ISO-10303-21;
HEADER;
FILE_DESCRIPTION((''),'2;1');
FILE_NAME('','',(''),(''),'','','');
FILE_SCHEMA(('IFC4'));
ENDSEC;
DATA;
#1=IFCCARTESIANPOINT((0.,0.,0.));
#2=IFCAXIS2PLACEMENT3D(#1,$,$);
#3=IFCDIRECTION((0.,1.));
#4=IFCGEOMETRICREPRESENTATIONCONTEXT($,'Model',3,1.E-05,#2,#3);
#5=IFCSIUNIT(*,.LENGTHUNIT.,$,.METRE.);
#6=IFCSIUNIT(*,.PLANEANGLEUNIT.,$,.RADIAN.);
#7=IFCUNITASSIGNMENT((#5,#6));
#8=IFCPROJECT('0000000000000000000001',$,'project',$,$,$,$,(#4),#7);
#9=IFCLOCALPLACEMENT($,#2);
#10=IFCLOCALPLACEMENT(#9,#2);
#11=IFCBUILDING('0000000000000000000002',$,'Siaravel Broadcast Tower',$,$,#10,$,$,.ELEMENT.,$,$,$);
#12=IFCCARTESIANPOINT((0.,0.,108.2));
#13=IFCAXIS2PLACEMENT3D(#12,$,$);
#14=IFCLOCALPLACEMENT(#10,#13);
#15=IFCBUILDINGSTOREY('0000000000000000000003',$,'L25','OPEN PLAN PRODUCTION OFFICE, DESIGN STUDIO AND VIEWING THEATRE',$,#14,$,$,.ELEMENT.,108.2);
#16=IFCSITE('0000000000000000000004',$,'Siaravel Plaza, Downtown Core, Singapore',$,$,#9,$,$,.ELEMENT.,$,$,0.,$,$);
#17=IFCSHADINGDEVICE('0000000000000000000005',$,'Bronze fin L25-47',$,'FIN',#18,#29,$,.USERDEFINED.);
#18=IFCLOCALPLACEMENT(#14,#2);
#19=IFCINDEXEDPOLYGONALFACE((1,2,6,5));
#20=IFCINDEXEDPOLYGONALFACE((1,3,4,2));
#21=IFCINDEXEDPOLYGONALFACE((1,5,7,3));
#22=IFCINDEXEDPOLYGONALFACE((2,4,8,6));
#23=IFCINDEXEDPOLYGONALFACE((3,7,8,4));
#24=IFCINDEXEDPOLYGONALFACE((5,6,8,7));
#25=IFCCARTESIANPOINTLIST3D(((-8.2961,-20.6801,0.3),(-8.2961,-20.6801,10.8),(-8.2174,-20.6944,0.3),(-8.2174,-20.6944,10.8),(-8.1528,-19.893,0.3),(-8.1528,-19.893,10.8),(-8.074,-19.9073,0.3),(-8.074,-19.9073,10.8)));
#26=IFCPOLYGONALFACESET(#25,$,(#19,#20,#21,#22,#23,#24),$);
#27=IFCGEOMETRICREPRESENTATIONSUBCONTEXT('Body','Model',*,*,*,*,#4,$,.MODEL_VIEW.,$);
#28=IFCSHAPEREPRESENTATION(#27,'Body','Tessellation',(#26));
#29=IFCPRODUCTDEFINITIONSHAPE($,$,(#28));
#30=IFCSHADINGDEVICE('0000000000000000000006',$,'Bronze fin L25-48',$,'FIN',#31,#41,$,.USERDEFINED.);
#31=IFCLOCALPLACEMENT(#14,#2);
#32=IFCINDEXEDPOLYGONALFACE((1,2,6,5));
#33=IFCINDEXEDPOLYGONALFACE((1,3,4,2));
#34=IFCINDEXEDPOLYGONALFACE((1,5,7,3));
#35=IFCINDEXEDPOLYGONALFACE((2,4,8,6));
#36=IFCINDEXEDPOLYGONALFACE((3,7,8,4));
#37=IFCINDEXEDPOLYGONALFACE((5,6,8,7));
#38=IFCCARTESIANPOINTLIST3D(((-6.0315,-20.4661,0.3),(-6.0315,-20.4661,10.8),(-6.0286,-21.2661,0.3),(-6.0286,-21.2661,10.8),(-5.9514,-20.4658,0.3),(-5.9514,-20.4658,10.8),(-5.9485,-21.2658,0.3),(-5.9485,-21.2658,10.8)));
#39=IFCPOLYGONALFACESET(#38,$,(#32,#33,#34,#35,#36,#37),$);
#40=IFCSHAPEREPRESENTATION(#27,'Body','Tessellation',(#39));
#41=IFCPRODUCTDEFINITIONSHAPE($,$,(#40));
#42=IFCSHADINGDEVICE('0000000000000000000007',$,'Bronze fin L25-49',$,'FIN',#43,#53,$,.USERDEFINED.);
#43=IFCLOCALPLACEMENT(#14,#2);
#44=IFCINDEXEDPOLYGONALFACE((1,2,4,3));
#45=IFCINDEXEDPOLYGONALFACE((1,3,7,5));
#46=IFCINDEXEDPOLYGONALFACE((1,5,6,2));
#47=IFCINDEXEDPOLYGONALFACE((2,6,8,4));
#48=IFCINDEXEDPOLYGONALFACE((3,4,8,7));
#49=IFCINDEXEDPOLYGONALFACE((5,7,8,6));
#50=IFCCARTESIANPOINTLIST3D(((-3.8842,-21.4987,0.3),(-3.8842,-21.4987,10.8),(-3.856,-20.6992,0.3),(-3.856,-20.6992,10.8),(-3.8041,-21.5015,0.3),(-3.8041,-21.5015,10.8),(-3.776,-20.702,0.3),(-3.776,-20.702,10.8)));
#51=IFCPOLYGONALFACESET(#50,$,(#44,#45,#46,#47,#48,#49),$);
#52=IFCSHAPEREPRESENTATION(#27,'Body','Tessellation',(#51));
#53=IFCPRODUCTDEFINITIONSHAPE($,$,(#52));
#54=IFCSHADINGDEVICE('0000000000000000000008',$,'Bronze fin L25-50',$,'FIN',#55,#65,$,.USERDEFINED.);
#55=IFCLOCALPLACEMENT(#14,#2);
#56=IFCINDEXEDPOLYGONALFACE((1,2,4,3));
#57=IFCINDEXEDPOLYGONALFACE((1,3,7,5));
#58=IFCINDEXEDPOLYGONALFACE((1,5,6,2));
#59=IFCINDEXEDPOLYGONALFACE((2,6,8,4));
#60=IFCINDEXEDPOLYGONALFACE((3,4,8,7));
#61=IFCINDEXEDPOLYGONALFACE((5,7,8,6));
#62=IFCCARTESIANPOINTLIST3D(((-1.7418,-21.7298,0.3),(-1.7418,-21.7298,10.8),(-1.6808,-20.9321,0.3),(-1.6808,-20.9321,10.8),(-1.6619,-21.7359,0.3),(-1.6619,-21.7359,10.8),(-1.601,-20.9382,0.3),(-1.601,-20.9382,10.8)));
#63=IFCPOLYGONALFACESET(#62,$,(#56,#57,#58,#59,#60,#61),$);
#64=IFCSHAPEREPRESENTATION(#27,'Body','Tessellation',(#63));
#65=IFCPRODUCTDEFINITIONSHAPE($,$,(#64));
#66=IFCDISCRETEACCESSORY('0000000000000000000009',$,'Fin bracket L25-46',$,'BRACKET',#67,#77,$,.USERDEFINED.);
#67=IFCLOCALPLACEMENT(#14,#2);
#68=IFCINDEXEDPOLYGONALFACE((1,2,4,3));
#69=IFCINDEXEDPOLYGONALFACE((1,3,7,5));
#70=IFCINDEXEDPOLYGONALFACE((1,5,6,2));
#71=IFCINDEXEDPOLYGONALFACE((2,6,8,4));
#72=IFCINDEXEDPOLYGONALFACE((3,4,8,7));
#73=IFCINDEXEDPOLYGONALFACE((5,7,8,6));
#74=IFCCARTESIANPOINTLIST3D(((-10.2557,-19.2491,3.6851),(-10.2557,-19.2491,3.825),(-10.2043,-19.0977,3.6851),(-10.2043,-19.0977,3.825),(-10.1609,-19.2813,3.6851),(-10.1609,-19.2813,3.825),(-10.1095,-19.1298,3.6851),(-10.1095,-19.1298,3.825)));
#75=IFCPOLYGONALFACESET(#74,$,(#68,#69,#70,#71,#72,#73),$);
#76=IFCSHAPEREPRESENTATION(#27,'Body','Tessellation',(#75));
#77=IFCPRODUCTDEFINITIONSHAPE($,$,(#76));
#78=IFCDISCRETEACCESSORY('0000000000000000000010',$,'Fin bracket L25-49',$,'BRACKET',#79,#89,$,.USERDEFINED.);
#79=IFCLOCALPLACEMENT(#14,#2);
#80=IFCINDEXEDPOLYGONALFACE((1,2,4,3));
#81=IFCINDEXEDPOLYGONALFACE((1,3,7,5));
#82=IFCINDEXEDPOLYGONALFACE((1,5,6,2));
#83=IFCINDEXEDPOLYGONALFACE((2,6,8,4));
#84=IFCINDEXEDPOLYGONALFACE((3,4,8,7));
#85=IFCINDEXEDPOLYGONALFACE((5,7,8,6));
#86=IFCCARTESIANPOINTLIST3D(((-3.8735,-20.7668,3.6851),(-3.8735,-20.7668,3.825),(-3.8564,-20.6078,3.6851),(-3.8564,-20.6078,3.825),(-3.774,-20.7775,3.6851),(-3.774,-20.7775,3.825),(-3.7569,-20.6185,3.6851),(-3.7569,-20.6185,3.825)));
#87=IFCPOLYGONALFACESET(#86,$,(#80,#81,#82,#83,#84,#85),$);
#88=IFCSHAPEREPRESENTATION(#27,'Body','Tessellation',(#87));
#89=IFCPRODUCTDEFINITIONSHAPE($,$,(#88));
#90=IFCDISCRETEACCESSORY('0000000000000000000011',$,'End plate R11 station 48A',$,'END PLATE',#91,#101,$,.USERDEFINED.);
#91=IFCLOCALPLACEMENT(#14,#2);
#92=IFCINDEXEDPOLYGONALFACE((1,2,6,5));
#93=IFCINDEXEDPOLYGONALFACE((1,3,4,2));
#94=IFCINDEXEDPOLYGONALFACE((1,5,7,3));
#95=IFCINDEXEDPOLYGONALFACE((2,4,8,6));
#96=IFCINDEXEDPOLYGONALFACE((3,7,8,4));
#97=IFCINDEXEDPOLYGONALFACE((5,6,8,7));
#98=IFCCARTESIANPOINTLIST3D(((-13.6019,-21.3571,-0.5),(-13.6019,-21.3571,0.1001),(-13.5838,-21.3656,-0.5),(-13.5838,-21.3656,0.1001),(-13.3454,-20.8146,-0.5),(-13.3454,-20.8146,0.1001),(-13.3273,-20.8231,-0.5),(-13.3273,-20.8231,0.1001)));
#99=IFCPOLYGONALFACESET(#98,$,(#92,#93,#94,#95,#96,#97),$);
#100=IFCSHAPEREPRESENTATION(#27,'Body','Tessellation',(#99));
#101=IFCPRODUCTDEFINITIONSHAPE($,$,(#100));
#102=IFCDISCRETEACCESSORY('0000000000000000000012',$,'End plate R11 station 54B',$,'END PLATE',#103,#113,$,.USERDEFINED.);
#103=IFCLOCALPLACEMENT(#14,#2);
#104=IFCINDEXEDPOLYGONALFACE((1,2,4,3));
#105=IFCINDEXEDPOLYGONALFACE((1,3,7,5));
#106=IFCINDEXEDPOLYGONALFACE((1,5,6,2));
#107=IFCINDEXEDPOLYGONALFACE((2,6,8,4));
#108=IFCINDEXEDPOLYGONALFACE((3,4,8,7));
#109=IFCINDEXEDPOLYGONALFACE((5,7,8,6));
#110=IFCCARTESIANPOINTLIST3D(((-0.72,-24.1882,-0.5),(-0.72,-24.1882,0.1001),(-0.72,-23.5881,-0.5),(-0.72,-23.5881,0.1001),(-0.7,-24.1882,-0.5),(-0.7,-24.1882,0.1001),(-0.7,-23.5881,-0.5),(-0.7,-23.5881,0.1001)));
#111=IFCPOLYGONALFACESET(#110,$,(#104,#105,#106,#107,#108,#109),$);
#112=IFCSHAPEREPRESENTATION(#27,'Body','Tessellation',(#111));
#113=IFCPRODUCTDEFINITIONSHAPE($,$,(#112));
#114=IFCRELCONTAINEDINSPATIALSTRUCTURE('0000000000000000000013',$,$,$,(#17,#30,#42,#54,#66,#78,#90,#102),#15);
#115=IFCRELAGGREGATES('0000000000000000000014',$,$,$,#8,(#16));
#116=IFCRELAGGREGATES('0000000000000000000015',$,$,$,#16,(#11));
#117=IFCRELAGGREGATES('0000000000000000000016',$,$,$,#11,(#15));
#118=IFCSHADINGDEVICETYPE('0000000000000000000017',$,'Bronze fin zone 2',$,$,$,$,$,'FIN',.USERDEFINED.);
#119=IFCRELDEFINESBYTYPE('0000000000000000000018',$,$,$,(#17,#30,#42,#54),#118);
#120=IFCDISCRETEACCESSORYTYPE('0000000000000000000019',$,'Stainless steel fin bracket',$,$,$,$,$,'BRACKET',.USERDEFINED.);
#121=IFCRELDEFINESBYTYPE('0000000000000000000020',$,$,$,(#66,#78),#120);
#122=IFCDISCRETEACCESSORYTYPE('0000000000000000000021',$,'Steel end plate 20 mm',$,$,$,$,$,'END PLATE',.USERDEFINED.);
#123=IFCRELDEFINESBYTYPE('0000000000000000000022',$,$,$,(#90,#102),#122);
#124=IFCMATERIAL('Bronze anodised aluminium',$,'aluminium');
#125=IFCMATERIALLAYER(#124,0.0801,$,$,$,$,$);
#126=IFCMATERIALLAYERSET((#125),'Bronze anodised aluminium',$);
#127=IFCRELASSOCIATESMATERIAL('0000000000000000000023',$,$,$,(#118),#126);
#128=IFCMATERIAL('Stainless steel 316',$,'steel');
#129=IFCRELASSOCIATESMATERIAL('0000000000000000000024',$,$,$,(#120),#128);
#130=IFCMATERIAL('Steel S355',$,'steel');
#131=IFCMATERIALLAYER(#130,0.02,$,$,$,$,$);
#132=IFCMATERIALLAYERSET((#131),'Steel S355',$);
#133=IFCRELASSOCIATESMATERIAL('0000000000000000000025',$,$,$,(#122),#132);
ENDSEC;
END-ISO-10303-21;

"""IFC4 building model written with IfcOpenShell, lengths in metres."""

from ifc_helpers import new_model, si_unit, direction, frame, origin, origin_2d, place, context, subcontext, project, spatial, rectangle, extrude, material, layer, layer_set, type_object, element, save


model = new_model("IFC4")

# Units and contexts
model_context = context("Model", 3, precision=1e-05, world=origin(), true_north=direction((0.0, 1.0)))
body_context = subcontext(model_context, "Body", "Model", "MODEL_VIEW")
ifc_project = project(units=[si_unit("LENGTHUNIT", "METRE"), si_unit("PLANEANGLEUNIT", "RADIAN")], contexts=[model_context])

# Site, building, storey
site_placement = place(None, origin())
site = spatial("IfcSite", under=ifc_project, at=site_placement, Name="Siaravel Plaza, Downtown Core, Singapore", CompositionType="ELEMENT", RefElevation=0.0)
building_placement = place(site_placement, origin())
building = spatial("IfcBuilding", under=site, at=building_placement, Name="Siaravel Broadcast Tower", CompositionType="ELEMENT")
storey_placement = place(building_placement, frame((0.0, 0.0, 108.2)))
storey = spatial("IfcBuildingStorey", under=building, at=storey_placement, Name="L25", Description="OPEN PLAN PRODUCTION OFFICE, DESIGN STUDIO AND VIEWING THEATRE", CompositionType="ELEMENT", Elevation=108.2)

# Shared definitions
ifc_material_1 = material(Name="Steel S355", Category="steel")

# Shading devices
ifc_material_2 = material(Name="Bronze anodised aluminium", Category="aluminium")
ifc_layer_1 = layer(ifc_material_2, 0.0801)
ifc_layer_set_1 = layer_set([ifc_layer_1], Name="Bronze anodised aluminium")
shading_device_type = type_object("IfcShadingDeviceType", Name="Bronze fin zone 2", ElementType="FIN", PredefinedType="USERDEFINED", material=ifc_layer_set_1)
for number, where, z_axis, x_axis, name in (
    (1, (-8.1851, -20.2937, 0.3), (0.0, 0.0, 1.0), (-0.179219, -0.983809, 0.0), "Bronze fin L25-47"),
    (2, (-5.99, -20.866, 0.3), (0.0, 0.0, 1.0), (0.003658, -0.999993, 0.0), "Bronze fin L25-48"),
    (3, (-3.8301, -21.1003, 0.3), (0.0, 0.0, 1.0), (-0.035145, -0.999382, 0.0), "Bronze fin L25-49"),
    (4, (-1.6714, -21.334, 0.3), (0.0, 0.0, 1.0), (-0.076153, -0.997096, 0.0), "Bronze fin L25-50"),
):
    element("IfcShadingDevice", number, at=place(storey_placement, frame(where, z_axis=z_axis, x_axis=x_axis)), inside=storey, type_object=shading_device_type, Name=name, ObjectType="FIN", PredefinedType="USERDEFINED", context=body_context, shape_type="SweptSolid", body=[
        extrude(rectangle(XDim=0.8, YDim=0.0801, at=origin_2d()), origin(), (0.0, 0.0, 1.0), 10.5),
    ])

# Discrete accessories
ifc_material_3 = material(Name="Stainless steel 316", Category="steel")
discrete_accessory_type_1 = type_object("IfcDiscreteAccessoryType", Name="Stainless steel fin bracket", ElementType="BRACKET", PredefinedType="USERDEFINED", material=ifc_material_3)
for number, where, z_axis, x_axis, name in (
    (5, (-10.1826, -19.1895, 3.6851), (0.0, 0.0, 1.0), (-0.321301, -0.946977, 0.0), "Fin bracket L25-46"),
    (6, (-3.8152, -20.6926, 3.6851), (0.0, 0.0, 1.0), (-0.107217, -0.994236, 0.0), "Fin bracket L25-49"),
):
    element("IfcDiscreteAccessory", number, at=place(storey_placement, frame(where, z_axis=z_axis, x_axis=x_axis)), inside=storey, type_object=discrete_accessory_type_1, Name=name, ObjectType="BRACKET", PredefinedType="USERDEFINED", context=body_context, shape_type="SweptSolid", body=[
        extrude(rectangle(XDim=0.1599, YDim=0.1001, at=origin_2d()), origin(), (0.0, 0.0, 1.0), 0.1399),
    ])
ifc_layer_2 = layer(ifc_material_1, 0.02)
ifc_layer_set_2 = layer_set([ifc_layer_2], Name="Steel S355")
discrete_accessory_type_2 = type_object("IfcDiscreteAccessoryType", Name="Steel end plate 20 mm", ElementType="END PLATE", PredefinedType="USERDEFINED", material=ifc_layer_set_2)
for number, where, z_axis, x_axis, name in (
    (7, (-13.4646, -21.0901, -0.5), (0.0, 0.0, 1.0), (0.904007, -0.427517, 0.0), "End plate R11 station 48A"),
    (8, (-0.71, -23.8882, -0.5), (0.0, 0.0, 1.0), (1.0, 0.0, 0.0), "End plate R11 station 54B"),
):
    element("IfcDiscreteAccessory", number, at=place(storey_placement, frame(where, z_axis=z_axis, x_axis=x_axis)), inside=storey, type_object=discrete_accessory_type_2, Name=name, ObjectType="END PLATE", PredefinedType="USERDEFINED", context=body_context, shape_type="SweptSolid", body=[
        extrude(rectangle(XDim=0.02, YDim=0.6001, at=origin_2d()), origin(), (0.0, 0.0, 1.0), 0.6001),
    ])

save(model, "model.ifc")
